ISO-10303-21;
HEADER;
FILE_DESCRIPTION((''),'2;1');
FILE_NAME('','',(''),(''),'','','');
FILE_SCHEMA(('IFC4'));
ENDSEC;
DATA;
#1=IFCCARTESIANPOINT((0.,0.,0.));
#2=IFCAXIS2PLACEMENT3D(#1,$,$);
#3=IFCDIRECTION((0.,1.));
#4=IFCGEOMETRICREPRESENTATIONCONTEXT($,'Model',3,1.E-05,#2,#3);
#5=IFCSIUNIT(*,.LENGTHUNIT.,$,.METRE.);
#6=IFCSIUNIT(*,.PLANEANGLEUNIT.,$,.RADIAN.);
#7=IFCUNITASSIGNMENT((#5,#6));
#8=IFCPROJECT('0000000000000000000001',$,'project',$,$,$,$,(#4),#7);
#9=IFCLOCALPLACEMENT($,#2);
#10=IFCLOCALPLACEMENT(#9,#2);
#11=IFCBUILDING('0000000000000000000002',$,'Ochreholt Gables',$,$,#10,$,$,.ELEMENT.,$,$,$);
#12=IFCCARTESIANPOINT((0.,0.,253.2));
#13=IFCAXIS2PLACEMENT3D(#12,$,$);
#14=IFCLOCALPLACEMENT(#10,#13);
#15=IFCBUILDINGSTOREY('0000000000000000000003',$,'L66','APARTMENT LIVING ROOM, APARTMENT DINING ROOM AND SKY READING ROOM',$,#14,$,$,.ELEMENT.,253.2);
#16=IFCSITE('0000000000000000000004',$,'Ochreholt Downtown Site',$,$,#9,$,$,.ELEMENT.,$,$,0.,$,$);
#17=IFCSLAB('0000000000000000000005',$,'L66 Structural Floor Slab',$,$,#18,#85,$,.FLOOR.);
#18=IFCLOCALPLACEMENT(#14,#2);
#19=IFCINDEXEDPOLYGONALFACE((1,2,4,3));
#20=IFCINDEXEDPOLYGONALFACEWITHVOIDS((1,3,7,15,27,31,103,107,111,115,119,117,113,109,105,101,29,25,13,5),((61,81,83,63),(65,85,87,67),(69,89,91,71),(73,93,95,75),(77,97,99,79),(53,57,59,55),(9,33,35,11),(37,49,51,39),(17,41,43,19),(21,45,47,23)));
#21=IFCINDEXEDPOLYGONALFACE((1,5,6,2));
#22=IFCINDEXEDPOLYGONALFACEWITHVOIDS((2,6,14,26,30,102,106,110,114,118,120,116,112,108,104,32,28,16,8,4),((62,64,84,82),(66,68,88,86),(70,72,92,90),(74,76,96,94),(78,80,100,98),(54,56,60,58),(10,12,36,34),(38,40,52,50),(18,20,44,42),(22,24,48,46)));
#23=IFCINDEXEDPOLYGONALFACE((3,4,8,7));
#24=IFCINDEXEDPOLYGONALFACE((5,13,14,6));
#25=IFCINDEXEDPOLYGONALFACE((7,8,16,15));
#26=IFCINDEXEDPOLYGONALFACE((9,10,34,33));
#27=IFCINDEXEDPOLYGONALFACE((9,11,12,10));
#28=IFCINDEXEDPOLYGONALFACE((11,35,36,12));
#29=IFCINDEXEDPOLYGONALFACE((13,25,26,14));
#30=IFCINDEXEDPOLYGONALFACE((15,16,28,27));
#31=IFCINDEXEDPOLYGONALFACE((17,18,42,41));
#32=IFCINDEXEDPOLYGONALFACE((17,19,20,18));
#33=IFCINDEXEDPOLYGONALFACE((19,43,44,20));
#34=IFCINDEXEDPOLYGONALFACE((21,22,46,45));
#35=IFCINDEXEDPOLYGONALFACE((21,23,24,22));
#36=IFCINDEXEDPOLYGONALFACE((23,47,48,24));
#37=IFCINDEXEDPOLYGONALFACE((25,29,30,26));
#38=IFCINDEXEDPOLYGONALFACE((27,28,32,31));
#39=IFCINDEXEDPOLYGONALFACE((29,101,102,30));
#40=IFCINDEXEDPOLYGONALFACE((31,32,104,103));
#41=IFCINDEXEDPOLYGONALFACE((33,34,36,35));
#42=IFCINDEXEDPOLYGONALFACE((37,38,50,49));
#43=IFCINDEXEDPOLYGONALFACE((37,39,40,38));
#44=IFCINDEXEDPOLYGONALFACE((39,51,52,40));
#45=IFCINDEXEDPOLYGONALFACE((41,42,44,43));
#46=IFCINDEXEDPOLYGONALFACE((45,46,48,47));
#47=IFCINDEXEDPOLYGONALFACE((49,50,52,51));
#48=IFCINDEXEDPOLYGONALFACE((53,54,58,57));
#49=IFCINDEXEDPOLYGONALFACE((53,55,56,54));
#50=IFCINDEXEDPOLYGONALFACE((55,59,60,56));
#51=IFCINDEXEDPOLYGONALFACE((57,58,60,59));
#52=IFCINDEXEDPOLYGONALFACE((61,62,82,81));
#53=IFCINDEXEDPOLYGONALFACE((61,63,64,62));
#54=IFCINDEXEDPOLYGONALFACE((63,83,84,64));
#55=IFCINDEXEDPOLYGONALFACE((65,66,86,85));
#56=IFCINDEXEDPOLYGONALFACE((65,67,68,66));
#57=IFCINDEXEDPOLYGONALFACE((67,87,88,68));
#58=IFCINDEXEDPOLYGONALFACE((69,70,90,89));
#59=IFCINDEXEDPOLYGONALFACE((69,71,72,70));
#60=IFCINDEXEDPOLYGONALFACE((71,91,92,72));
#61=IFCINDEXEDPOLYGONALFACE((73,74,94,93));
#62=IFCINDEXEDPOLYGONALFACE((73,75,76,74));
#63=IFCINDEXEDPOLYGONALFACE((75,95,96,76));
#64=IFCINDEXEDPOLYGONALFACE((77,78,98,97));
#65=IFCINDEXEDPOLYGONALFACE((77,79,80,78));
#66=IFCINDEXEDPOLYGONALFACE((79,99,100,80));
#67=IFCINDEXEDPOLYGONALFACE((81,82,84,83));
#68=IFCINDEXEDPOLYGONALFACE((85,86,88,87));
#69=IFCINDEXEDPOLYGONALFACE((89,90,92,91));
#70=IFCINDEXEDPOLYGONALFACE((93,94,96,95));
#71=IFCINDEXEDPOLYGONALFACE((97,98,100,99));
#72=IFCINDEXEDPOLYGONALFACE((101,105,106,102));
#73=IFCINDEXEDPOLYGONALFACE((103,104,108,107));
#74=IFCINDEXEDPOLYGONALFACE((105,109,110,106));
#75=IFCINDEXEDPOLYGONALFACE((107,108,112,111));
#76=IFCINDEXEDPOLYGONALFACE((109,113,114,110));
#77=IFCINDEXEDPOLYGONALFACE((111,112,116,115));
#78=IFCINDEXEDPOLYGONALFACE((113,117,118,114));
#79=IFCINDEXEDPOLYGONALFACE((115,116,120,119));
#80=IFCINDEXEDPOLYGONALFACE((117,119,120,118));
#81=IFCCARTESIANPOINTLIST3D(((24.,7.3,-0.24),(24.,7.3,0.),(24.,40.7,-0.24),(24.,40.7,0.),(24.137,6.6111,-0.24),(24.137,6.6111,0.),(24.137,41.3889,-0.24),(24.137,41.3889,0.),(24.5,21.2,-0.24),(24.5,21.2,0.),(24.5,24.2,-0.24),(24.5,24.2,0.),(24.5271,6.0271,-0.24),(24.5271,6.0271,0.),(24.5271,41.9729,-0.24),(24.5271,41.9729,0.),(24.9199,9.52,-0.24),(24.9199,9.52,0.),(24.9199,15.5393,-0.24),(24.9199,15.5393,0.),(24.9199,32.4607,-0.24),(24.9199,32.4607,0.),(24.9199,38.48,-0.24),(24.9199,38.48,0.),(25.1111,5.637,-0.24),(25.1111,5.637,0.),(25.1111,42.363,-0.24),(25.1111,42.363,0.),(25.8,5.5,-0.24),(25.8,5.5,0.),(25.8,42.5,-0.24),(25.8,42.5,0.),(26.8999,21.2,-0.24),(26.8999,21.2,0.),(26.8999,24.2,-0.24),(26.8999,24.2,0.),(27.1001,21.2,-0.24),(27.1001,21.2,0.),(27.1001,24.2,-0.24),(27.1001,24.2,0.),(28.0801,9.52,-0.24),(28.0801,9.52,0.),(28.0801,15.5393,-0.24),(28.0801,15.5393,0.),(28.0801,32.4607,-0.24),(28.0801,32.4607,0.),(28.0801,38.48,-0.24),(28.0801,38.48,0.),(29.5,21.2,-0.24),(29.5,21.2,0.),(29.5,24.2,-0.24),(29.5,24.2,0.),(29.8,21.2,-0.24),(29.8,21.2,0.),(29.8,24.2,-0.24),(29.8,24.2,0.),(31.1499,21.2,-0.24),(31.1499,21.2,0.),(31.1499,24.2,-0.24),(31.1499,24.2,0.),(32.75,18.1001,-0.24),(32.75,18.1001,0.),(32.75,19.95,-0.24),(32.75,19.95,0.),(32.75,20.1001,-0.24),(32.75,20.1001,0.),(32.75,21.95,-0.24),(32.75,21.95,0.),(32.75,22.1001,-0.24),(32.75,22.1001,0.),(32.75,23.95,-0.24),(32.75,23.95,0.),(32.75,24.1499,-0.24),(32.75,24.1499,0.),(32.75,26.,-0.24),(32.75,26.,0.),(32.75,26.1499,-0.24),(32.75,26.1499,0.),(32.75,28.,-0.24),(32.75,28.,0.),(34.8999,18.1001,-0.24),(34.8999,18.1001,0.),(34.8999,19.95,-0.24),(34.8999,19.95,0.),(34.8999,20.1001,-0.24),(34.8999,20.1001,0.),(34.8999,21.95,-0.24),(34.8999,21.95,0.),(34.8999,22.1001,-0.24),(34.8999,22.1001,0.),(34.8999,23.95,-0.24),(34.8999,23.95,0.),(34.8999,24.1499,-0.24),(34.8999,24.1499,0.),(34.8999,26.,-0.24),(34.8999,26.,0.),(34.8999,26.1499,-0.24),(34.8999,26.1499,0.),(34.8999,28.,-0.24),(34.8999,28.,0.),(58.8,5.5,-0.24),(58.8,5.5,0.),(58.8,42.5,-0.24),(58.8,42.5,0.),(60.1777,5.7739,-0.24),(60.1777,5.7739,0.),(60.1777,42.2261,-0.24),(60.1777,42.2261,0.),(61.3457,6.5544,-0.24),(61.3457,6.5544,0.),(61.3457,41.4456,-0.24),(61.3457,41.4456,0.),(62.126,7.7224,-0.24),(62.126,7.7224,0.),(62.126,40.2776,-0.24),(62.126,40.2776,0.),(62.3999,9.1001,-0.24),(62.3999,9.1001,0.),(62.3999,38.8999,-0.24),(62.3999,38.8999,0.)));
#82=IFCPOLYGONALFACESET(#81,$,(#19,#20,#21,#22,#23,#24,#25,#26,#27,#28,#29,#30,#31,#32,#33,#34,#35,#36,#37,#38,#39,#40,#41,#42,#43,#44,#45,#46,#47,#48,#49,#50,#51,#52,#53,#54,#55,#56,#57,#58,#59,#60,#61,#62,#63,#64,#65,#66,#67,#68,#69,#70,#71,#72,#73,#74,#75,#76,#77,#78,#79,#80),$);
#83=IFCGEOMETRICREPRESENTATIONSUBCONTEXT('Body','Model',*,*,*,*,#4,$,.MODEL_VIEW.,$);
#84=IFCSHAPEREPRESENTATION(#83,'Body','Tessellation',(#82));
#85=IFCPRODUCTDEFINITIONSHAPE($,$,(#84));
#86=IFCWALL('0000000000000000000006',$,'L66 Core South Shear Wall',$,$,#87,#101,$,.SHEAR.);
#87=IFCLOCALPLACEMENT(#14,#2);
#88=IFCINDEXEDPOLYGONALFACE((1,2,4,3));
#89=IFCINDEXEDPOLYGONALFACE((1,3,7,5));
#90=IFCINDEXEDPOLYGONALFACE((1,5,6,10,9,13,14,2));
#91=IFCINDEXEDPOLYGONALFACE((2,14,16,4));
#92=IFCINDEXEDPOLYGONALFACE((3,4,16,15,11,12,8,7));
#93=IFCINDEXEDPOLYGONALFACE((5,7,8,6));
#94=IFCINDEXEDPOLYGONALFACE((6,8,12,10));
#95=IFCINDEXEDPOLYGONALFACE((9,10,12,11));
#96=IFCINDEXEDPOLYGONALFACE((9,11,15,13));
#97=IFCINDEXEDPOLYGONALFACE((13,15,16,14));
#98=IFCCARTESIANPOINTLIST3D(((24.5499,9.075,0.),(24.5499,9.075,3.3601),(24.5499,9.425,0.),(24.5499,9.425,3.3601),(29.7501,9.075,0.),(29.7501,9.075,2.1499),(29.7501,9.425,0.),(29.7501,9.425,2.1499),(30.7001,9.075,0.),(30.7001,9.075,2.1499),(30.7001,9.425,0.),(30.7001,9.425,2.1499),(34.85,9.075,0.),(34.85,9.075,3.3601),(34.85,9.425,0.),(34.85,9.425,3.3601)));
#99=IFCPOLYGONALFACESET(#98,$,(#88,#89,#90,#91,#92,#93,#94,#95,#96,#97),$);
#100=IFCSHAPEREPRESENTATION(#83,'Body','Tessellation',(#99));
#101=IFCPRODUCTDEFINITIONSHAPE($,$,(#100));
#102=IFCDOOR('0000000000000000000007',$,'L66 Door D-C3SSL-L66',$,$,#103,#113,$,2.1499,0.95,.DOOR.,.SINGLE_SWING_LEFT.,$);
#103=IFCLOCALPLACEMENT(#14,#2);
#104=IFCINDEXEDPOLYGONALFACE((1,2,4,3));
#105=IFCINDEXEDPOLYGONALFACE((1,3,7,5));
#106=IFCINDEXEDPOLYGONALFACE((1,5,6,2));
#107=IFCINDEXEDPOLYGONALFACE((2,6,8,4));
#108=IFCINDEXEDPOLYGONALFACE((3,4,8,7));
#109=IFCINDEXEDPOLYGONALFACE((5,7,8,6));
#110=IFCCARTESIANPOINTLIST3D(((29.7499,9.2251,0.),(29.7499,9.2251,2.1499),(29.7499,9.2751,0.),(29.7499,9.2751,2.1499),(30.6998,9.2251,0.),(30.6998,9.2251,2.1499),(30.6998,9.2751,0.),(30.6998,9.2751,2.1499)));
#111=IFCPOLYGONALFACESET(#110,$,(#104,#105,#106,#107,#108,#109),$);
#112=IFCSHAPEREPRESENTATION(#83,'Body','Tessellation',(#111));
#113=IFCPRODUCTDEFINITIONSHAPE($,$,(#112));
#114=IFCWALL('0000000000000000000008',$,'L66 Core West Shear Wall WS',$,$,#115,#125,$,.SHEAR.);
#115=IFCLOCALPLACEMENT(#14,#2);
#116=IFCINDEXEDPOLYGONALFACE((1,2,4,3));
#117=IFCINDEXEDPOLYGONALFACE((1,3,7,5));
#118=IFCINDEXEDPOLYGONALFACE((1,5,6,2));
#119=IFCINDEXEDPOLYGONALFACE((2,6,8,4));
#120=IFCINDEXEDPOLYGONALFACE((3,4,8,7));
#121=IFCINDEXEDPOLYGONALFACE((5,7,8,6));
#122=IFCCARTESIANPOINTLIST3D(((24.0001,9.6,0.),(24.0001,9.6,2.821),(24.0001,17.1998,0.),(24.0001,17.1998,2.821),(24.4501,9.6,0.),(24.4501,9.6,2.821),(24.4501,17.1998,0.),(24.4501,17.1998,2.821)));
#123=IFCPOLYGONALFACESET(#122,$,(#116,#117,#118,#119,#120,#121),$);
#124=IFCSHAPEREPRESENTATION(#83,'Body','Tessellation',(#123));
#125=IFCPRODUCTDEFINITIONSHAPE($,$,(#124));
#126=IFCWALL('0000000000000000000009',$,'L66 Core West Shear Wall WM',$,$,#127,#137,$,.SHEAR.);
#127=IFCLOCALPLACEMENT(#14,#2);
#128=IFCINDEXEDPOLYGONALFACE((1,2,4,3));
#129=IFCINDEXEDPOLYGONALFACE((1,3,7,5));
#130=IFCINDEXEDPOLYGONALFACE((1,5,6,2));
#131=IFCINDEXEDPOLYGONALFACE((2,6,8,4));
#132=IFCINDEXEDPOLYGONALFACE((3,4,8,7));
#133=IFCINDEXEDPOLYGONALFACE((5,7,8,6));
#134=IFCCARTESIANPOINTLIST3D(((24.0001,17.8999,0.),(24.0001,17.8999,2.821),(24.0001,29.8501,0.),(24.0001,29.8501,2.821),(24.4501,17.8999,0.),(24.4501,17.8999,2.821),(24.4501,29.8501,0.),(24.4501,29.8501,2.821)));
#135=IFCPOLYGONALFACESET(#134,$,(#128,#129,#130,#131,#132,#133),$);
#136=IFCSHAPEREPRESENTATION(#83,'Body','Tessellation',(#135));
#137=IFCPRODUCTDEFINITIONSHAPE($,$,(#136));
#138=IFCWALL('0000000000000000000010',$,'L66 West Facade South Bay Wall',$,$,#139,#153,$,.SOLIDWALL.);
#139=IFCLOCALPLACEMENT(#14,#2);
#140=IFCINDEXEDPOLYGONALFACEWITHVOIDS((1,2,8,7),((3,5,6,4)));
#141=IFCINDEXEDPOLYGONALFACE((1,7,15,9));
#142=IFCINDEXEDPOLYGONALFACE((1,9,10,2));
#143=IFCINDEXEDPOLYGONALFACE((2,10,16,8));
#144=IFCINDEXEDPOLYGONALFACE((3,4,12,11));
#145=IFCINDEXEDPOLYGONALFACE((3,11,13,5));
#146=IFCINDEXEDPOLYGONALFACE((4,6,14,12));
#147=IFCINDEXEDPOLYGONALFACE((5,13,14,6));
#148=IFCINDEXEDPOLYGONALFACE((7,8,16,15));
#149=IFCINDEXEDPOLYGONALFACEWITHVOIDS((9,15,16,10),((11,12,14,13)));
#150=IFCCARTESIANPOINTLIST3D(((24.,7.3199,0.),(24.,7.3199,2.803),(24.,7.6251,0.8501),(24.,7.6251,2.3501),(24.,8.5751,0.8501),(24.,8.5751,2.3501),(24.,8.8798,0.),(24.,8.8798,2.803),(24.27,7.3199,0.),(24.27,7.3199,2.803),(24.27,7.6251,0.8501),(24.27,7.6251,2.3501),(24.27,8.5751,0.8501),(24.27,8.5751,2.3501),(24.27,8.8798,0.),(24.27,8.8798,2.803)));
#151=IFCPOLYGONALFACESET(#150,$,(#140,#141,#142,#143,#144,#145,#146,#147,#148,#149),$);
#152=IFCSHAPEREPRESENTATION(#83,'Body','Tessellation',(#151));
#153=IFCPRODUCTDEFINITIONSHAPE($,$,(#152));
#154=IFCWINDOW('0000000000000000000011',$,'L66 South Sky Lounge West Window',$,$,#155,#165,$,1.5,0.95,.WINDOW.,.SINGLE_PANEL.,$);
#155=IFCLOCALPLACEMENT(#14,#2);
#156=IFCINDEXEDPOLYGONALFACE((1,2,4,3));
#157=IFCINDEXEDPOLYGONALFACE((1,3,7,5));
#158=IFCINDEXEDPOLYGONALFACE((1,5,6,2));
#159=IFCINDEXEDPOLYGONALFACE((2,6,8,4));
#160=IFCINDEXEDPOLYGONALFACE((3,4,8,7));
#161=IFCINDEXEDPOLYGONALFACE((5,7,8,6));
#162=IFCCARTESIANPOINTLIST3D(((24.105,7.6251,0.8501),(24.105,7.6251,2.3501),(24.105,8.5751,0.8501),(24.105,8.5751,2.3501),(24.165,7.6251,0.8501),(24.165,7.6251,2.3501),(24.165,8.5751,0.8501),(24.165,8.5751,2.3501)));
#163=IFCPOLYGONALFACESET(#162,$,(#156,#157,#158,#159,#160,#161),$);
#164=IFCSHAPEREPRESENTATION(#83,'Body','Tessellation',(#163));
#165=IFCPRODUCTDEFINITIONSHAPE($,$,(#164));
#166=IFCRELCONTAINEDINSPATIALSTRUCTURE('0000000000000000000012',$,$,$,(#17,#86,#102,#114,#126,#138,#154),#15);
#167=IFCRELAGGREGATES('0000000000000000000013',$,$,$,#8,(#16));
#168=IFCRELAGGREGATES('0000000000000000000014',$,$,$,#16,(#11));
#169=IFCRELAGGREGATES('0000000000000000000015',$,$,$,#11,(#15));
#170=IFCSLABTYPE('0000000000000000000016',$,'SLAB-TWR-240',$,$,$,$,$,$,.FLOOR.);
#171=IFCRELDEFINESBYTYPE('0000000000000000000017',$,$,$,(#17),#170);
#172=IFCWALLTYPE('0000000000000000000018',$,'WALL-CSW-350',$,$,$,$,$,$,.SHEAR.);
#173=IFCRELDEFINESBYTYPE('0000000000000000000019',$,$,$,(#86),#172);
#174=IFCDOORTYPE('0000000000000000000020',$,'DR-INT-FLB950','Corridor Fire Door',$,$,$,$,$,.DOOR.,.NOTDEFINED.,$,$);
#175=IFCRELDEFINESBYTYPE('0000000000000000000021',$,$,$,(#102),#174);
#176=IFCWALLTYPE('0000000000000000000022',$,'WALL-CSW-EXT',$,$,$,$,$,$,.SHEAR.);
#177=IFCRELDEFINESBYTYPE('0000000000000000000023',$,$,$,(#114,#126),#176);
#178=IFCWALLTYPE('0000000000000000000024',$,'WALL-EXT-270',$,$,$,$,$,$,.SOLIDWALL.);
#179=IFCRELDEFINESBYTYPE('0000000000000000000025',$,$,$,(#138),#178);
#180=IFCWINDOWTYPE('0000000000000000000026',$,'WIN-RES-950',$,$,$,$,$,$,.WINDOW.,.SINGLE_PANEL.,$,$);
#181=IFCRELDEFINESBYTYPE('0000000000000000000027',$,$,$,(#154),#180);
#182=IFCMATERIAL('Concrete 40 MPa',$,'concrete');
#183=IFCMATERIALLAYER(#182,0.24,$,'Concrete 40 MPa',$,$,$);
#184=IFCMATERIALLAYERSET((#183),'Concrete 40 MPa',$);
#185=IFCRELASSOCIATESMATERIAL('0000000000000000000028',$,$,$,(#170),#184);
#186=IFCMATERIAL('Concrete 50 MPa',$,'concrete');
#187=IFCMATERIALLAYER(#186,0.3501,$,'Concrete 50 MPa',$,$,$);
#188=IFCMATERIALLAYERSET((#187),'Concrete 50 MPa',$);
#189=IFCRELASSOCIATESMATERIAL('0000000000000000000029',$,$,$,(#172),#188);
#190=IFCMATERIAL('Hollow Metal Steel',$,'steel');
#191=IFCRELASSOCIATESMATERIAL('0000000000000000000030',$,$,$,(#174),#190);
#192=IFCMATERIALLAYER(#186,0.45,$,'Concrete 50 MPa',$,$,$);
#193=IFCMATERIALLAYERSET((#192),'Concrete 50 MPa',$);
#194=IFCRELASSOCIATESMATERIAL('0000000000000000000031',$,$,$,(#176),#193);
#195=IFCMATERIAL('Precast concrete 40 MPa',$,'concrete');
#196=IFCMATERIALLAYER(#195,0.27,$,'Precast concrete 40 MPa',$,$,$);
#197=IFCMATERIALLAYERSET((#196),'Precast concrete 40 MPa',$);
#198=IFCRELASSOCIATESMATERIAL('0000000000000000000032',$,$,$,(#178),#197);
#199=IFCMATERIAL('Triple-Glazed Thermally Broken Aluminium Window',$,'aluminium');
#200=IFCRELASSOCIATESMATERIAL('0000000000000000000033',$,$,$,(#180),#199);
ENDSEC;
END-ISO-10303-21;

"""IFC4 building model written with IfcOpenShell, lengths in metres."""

from ifc_helpers import new_model, si_unit, direction, frame, frame_2d, origin, place, context, subcontext, project, spatial, polyline, rectangle, outline, extrude, material, layer, layer_set, type_object, element, fill, save


model = new_model("IFC4")

# Units and contexts
model_context = context("Model", 3, precision=1e-05, world=origin(), true_north=direction((0.0, 1.0)))
body_context = subcontext(model_context, "Body", "Model", "MODEL_VIEW")
ifc_project = project(units=[si_unit("LENGTHUNIT", "METRE"), si_unit("PLANEANGLEUNIT", "RADIAN")], contexts=[model_context])

# Site, building, storey
site_placement = place(None, origin())
site = spatial("IfcSite", under=ifc_project, at=site_placement, Name="Ochreholt Downtown Site", CompositionType="ELEMENT", RefElevation=0.0)
building_placement = place(site_placement, origin())
building = spatial("IfcBuilding", under=site, at=building_placement, Name="Ochreholt Gables", CompositionType="ELEMENT")
storey_placement = place(building_placement, frame((0.0, 0.0, 253.2)))
storey = spatial("IfcBuildingStorey", under=building, at=storey_placement, Name="L66", Description="APARTMENT LIVING ROOM, APARTMENT DINING ROOM AND SKY READING ROOM", CompositionType="ELEMENT", Elevation=253.2)

# Shared definitions
ifc_material_1 = material(Name="Concrete 50 MPa", Category="concrete")

# Shared definitions
ifc_material_2 = material(Name="Concrete 40 MPa", Category="concrete")

# Slab
ifc_layer_1 = layer(ifc_material_2, 0.24, Name="Concrete 40 MPa")
ifc_layer_set_1 = layer_set([ifc_layer_1], Name="Concrete 40 MPa")
slab_type_1 = type_object("IfcSlabType", Name="SLAB-TWR-240", PredefinedType="FLOOR", material=ifc_layer_set_1)
slab_1_placement = place(storey_placement, frame((0.0, 0.0, -0.24)))
element("IfcSlab", 1, at=slab_1_placement, inside=storey, type_object=slab_type_1, Name="L66 Structural Floor Slab", PredefinedType="FLOOR", context=body_context, shape_type="SweptSolid", body=[
    extrude(outline(polyline([(24.0, 7.3), (24.137, 6.6111), (24.5271, 6.0271), (25.1111, 5.637), (25.8, 5.5), (58.8, 5.5), (60.1777, 5.7739), (61.3457, 6.5544), (62.126, 7.7224), (62.3999, 9.1001), (62.3999, 38.8999), (62.126, 40.2776), (61.3457, 41.4456), (60.1777, 42.2261), (58.8, 42.5), (25.8, 42.5), (25.1111, 42.363), (24.5271, 41.9729), (24.137, 41.3889), (24.0, 40.7), (24.0, 7.3)]), holes=[polyline([(24.9199, 15.5393), (24.9199, 9.52), (28.0801, 9.52), (28.0801, 15.5393), (24.9199, 15.5393)]), polyline([(28.0801, 32.4607), (28.0801, 38.48), (24.9199, 38.48), (24.9199, 32.4607), (28.0801, 32.4607)]), polyline([(24.5, 21.2), (26.8999, 21.2), (26.8999, 24.2), (24.5, 24.2), (24.5, 21.2)]), polyline([(27.1001, 21.2), (29.5, 21.2), (29.5, 24.2), (27.1001, 24.2), (27.1001, 21.2)]), polyline([(32.75, 18.1001), (34.8999, 18.1001), (34.8999, 19.95), (32.75, 19.95), (32.75, 18.1001)]), polyline([(32.75, 20.1001), (34.8999, 20.1001), (34.8999, 21.95), (32.75, 21.95), (32.75, 20.1001)]), polyline([(32.75, 22.1001), (34.8999, 22.1001), (34.8999, 23.95), (32.75, 23.95), (32.75, 22.1001)]), polyline([(32.75, 24.1499), (34.8999, 24.1499), (34.8999, 26.0), (32.75, 26.0), (32.75, 24.1499)]), polyline([(32.75, 26.1499), (34.8999, 26.1499), (34.8999, 28.0), (32.75, 28.0), (32.75, 26.1499)]), polyline([(29.8, 21.2), (31.1499, 21.2), (31.1499, 24.2), (29.8, 24.2), (29.8, 21.2)])]), origin(), (0.0, 0.0, 1.0), 0.24),
])

# Wall, opening, door
ifc_layer_2 = layer(ifc_material_1, 0.3501, Name="Concrete 50 MPa")
ifc_layer_set_2 = layer_set([ifc_layer_2], Name="Concrete 50 MPa")
wall_type_1 = type_object("IfcWallType", Name="WALL-CSW-350", PredefinedType="SHEAR", material=ifc_layer_set_2)
wall_1_placement = place(storey_placement, frame((24.55, 9.25, 0.0), z_axis=(0.0, 0.0, 1.0), x_axis=(1.0, 0.0, 0.0)))
wall_1 = element("IfcWall", 2, at=wall_1_placement, inside=storey, type_object=wall_type_1, Name="L66 Core South Shear Wall", PredefinedType="SHEAR", context=body_context, shape_type="SweptSolid", body=[
    extrude(rectangle(XDim=10.3, YDim=0.3501, at=frame_2d((5.1499, 0.0))), origin(), (0.0, 0.0, 1.0), 3.3601),
])
opening_1_placement = place(wall_1_placement, frame((5.2, 0.0, 0.0)))
opening_1 = element("IfcOpeningElement", 3, at=opening_1_placement, cuts=wall_1, PredefinedType="OPENING", context=body_context, shape_type="SweptSolid", body=[
    extrude(rectangle(XDim=0.95, YDim=2.1499, at=frame_2d((0.4751, 1.075))), frame((0.0, 0.1851, 0.0), z_axis=(0.0, -1.0, 0.0), x_axis=(1.0, 0.0, 0.0)), (0.0, 0.0, 1.0), 0.3701),
])
ifc_material_3 = material(Name="Hollow Metal Steel", Category="steel")
door_type_1 = type_object("IfcDoorType", Name="DR-INT-FLB950", Description="Corridor Fire Door", OperationType="NOTDEFINED", PredefinedType="DOOR", material=ifc_material_3)
door_1_placement = place(opening_1_placement, frame((0.95, 0.0, 0.0), z_axis=(0.0, 0.0, 1.0), x_axis=(-1.0, 0.0, 0.0)))
door_1 = element("IfcDoor", 4, at=door_1_placement, inside=storey, type_object=door_type_1, Name="L66 Door D-C3SSL-L66", OperationType="SINGLE_SWING_LEFT", OverallHeight=2.1499, OverallWidth=0.95, PredefinedType="DOOR", context=body_context, shape_type="SweptSolid", body=[
    extrude(rectangle(XDim=0.95, YDim=2.1499, at=frame_2d((0.4751, 1.075))), frame((0.0, 0.0249, 0.0), z_axis=(0.0, -1.0, 0.0), x_axis=(1.0, 0.0, 0.0)), (0.0, 0.0, 1.0), 0.05),
])
fill(opening_1, door_1)

# Walls
ifc_layer_3 = layer(ifc_material_1, 0.45, Name="Concrete 50 MPa")
ifc_layer_set_3 = layer_set([ifc_layer_3], Name="Concrete 50 MPa")
wall_type_2 = type_object("IfcWallType", Name="WALL-CSW-EXT", PredefinedType="SHEAR", material=ifc_layer_set_3)
wall_2_placement = place(storey_placement, frame((24.2251, 9.6001, 0.0), z_axis=(0.0, 0.0, 1.0), x_axis=(0.0, 1.0, 0.0)))
element("IfcWall", 5, at=wall_2_placement, inside=storey, type_object=wall_type_2, Name="L66 Core West Shear Wall WS", PredefinedType="SHEAR", context=body_context, shape_type="SweptSolid", body=[
    extrude(rectangle(XDim=7.5999, YDim=0.45, at=frame_2d((3.7998, 0.0))), origin(), (0.0, 0.0, 1.0), 2.821),
])
wall_3_placement = place(storey_placement, frame((24.2251, 17.8999, 0.0), z_axis=(0.0, 0.0, 1.0), x_axis=(0.0, 1.0, 0.0)))
element("IfcWall", 6, at=wall_3_placement, inside=storey, type_object=wall_type_2, Name="L66 Core West Shear Wall WM", PredefinedType="SHEAR", context=body_context, shape_type="SweptSolid", body=[
    extrude(rectangle(XDim=11.9502, YDim=0.45, at=frame_2d((5.9751, 0.0))), origin(), (0.0, 0.0, 1.0), 2.821),
])

# Wall, opening, window
ifc_material_4 = material(Name="Precast concrete 40 MPa", Category="concrete")
ifc_layer_4 = layer(ifc_material_4, 0.27, Name="Precast concrete 40 MPa")
ifc_layer_set_4 = layer_set([ifc_layer_4], Name="Precast concrete 40 MPa")
wall_type_3 = type_object("IfcWallType", Name="WALL-EXT-270", PredefinedType="SOLIDWALL", material=ifc_layer_set_4)
wall_4_placement = place(storey_placement, frame((24.135, 7.3201, 0.0), z_axis=(0.0, 0.0, 1.0), x_axis=(0.0, 1.0, 0.0)))
wall_4 = element("IfcWall", 7, at=wall_4_placement, inside=storey, type_object=wall_type_3, Name="L66 West Facade South Bay Wall", PredefinedType="SOLIDWALL", context=body_context, shape_type="SweptSolid", body=[
    extrude(rectangle(XDim=1.5598, YDim=0.27, at=frame_2d((0.7798, 0.0))), origin(), (0.0, 0.0, 1.0), 2.803),
])
opening_2_placement = place(wall_4_placement, frame((0.3049, 0.0, 0.8501)))
opening_2 = element("IfcOpeningElement", 8, at=opening_2_placement, cuts=wall_4, PredefinedType="OPENING", context=body_context, shape_type="SweptSolid", body=[
    extrude(rectangle(XDim=0.95, YDim=1.5, at=frame_2d((0.4751, 0.75))), frame((0.0, 0.145, 0.0), z_axis=(0.0, -1.0, 0.0), x_axis=(1.0, 0.0, 0.0)), (0.0, 0.0, 1.0), 0.29),
])
ifc_material_5 = material(Name="Triple-Glazed Thermally Broken Aluminium Window", Category="aluminium")
window_type = type_object("IfcWindowType", Name="WIN-RES-950", PartitioningType="SINGLE_PANEL", PredefinedType="WINDOW", material=ifc_material_5)
window_placement = place(opening_2_placement, origin())
window = element("IfcWindow", 9, at=window_placement, inside=storey, type_object=window_type, Name="L66 South Sky Lounge West Window", OverallHeight=1.5, OverallWidth=0.95, PartitioningType="SINGLE_PANEL", PredefinedType="WINDOW", context=body_context, shape_type="SweptSolid", body=[
    extrude(rectangle(XDim=0.95, YDim=1.5, at=frame_2d((0.4751, 0.75))), frame((0.0, 0.03, 0.0), z_axis=(0.0, -1.0, 0.0), x_axis=(1.0, 0.0, 0.0)), (0.0, 0.0, 1.0), 0.0601),
])
fill(opening_2, window)

save(model, "model.ifc")
